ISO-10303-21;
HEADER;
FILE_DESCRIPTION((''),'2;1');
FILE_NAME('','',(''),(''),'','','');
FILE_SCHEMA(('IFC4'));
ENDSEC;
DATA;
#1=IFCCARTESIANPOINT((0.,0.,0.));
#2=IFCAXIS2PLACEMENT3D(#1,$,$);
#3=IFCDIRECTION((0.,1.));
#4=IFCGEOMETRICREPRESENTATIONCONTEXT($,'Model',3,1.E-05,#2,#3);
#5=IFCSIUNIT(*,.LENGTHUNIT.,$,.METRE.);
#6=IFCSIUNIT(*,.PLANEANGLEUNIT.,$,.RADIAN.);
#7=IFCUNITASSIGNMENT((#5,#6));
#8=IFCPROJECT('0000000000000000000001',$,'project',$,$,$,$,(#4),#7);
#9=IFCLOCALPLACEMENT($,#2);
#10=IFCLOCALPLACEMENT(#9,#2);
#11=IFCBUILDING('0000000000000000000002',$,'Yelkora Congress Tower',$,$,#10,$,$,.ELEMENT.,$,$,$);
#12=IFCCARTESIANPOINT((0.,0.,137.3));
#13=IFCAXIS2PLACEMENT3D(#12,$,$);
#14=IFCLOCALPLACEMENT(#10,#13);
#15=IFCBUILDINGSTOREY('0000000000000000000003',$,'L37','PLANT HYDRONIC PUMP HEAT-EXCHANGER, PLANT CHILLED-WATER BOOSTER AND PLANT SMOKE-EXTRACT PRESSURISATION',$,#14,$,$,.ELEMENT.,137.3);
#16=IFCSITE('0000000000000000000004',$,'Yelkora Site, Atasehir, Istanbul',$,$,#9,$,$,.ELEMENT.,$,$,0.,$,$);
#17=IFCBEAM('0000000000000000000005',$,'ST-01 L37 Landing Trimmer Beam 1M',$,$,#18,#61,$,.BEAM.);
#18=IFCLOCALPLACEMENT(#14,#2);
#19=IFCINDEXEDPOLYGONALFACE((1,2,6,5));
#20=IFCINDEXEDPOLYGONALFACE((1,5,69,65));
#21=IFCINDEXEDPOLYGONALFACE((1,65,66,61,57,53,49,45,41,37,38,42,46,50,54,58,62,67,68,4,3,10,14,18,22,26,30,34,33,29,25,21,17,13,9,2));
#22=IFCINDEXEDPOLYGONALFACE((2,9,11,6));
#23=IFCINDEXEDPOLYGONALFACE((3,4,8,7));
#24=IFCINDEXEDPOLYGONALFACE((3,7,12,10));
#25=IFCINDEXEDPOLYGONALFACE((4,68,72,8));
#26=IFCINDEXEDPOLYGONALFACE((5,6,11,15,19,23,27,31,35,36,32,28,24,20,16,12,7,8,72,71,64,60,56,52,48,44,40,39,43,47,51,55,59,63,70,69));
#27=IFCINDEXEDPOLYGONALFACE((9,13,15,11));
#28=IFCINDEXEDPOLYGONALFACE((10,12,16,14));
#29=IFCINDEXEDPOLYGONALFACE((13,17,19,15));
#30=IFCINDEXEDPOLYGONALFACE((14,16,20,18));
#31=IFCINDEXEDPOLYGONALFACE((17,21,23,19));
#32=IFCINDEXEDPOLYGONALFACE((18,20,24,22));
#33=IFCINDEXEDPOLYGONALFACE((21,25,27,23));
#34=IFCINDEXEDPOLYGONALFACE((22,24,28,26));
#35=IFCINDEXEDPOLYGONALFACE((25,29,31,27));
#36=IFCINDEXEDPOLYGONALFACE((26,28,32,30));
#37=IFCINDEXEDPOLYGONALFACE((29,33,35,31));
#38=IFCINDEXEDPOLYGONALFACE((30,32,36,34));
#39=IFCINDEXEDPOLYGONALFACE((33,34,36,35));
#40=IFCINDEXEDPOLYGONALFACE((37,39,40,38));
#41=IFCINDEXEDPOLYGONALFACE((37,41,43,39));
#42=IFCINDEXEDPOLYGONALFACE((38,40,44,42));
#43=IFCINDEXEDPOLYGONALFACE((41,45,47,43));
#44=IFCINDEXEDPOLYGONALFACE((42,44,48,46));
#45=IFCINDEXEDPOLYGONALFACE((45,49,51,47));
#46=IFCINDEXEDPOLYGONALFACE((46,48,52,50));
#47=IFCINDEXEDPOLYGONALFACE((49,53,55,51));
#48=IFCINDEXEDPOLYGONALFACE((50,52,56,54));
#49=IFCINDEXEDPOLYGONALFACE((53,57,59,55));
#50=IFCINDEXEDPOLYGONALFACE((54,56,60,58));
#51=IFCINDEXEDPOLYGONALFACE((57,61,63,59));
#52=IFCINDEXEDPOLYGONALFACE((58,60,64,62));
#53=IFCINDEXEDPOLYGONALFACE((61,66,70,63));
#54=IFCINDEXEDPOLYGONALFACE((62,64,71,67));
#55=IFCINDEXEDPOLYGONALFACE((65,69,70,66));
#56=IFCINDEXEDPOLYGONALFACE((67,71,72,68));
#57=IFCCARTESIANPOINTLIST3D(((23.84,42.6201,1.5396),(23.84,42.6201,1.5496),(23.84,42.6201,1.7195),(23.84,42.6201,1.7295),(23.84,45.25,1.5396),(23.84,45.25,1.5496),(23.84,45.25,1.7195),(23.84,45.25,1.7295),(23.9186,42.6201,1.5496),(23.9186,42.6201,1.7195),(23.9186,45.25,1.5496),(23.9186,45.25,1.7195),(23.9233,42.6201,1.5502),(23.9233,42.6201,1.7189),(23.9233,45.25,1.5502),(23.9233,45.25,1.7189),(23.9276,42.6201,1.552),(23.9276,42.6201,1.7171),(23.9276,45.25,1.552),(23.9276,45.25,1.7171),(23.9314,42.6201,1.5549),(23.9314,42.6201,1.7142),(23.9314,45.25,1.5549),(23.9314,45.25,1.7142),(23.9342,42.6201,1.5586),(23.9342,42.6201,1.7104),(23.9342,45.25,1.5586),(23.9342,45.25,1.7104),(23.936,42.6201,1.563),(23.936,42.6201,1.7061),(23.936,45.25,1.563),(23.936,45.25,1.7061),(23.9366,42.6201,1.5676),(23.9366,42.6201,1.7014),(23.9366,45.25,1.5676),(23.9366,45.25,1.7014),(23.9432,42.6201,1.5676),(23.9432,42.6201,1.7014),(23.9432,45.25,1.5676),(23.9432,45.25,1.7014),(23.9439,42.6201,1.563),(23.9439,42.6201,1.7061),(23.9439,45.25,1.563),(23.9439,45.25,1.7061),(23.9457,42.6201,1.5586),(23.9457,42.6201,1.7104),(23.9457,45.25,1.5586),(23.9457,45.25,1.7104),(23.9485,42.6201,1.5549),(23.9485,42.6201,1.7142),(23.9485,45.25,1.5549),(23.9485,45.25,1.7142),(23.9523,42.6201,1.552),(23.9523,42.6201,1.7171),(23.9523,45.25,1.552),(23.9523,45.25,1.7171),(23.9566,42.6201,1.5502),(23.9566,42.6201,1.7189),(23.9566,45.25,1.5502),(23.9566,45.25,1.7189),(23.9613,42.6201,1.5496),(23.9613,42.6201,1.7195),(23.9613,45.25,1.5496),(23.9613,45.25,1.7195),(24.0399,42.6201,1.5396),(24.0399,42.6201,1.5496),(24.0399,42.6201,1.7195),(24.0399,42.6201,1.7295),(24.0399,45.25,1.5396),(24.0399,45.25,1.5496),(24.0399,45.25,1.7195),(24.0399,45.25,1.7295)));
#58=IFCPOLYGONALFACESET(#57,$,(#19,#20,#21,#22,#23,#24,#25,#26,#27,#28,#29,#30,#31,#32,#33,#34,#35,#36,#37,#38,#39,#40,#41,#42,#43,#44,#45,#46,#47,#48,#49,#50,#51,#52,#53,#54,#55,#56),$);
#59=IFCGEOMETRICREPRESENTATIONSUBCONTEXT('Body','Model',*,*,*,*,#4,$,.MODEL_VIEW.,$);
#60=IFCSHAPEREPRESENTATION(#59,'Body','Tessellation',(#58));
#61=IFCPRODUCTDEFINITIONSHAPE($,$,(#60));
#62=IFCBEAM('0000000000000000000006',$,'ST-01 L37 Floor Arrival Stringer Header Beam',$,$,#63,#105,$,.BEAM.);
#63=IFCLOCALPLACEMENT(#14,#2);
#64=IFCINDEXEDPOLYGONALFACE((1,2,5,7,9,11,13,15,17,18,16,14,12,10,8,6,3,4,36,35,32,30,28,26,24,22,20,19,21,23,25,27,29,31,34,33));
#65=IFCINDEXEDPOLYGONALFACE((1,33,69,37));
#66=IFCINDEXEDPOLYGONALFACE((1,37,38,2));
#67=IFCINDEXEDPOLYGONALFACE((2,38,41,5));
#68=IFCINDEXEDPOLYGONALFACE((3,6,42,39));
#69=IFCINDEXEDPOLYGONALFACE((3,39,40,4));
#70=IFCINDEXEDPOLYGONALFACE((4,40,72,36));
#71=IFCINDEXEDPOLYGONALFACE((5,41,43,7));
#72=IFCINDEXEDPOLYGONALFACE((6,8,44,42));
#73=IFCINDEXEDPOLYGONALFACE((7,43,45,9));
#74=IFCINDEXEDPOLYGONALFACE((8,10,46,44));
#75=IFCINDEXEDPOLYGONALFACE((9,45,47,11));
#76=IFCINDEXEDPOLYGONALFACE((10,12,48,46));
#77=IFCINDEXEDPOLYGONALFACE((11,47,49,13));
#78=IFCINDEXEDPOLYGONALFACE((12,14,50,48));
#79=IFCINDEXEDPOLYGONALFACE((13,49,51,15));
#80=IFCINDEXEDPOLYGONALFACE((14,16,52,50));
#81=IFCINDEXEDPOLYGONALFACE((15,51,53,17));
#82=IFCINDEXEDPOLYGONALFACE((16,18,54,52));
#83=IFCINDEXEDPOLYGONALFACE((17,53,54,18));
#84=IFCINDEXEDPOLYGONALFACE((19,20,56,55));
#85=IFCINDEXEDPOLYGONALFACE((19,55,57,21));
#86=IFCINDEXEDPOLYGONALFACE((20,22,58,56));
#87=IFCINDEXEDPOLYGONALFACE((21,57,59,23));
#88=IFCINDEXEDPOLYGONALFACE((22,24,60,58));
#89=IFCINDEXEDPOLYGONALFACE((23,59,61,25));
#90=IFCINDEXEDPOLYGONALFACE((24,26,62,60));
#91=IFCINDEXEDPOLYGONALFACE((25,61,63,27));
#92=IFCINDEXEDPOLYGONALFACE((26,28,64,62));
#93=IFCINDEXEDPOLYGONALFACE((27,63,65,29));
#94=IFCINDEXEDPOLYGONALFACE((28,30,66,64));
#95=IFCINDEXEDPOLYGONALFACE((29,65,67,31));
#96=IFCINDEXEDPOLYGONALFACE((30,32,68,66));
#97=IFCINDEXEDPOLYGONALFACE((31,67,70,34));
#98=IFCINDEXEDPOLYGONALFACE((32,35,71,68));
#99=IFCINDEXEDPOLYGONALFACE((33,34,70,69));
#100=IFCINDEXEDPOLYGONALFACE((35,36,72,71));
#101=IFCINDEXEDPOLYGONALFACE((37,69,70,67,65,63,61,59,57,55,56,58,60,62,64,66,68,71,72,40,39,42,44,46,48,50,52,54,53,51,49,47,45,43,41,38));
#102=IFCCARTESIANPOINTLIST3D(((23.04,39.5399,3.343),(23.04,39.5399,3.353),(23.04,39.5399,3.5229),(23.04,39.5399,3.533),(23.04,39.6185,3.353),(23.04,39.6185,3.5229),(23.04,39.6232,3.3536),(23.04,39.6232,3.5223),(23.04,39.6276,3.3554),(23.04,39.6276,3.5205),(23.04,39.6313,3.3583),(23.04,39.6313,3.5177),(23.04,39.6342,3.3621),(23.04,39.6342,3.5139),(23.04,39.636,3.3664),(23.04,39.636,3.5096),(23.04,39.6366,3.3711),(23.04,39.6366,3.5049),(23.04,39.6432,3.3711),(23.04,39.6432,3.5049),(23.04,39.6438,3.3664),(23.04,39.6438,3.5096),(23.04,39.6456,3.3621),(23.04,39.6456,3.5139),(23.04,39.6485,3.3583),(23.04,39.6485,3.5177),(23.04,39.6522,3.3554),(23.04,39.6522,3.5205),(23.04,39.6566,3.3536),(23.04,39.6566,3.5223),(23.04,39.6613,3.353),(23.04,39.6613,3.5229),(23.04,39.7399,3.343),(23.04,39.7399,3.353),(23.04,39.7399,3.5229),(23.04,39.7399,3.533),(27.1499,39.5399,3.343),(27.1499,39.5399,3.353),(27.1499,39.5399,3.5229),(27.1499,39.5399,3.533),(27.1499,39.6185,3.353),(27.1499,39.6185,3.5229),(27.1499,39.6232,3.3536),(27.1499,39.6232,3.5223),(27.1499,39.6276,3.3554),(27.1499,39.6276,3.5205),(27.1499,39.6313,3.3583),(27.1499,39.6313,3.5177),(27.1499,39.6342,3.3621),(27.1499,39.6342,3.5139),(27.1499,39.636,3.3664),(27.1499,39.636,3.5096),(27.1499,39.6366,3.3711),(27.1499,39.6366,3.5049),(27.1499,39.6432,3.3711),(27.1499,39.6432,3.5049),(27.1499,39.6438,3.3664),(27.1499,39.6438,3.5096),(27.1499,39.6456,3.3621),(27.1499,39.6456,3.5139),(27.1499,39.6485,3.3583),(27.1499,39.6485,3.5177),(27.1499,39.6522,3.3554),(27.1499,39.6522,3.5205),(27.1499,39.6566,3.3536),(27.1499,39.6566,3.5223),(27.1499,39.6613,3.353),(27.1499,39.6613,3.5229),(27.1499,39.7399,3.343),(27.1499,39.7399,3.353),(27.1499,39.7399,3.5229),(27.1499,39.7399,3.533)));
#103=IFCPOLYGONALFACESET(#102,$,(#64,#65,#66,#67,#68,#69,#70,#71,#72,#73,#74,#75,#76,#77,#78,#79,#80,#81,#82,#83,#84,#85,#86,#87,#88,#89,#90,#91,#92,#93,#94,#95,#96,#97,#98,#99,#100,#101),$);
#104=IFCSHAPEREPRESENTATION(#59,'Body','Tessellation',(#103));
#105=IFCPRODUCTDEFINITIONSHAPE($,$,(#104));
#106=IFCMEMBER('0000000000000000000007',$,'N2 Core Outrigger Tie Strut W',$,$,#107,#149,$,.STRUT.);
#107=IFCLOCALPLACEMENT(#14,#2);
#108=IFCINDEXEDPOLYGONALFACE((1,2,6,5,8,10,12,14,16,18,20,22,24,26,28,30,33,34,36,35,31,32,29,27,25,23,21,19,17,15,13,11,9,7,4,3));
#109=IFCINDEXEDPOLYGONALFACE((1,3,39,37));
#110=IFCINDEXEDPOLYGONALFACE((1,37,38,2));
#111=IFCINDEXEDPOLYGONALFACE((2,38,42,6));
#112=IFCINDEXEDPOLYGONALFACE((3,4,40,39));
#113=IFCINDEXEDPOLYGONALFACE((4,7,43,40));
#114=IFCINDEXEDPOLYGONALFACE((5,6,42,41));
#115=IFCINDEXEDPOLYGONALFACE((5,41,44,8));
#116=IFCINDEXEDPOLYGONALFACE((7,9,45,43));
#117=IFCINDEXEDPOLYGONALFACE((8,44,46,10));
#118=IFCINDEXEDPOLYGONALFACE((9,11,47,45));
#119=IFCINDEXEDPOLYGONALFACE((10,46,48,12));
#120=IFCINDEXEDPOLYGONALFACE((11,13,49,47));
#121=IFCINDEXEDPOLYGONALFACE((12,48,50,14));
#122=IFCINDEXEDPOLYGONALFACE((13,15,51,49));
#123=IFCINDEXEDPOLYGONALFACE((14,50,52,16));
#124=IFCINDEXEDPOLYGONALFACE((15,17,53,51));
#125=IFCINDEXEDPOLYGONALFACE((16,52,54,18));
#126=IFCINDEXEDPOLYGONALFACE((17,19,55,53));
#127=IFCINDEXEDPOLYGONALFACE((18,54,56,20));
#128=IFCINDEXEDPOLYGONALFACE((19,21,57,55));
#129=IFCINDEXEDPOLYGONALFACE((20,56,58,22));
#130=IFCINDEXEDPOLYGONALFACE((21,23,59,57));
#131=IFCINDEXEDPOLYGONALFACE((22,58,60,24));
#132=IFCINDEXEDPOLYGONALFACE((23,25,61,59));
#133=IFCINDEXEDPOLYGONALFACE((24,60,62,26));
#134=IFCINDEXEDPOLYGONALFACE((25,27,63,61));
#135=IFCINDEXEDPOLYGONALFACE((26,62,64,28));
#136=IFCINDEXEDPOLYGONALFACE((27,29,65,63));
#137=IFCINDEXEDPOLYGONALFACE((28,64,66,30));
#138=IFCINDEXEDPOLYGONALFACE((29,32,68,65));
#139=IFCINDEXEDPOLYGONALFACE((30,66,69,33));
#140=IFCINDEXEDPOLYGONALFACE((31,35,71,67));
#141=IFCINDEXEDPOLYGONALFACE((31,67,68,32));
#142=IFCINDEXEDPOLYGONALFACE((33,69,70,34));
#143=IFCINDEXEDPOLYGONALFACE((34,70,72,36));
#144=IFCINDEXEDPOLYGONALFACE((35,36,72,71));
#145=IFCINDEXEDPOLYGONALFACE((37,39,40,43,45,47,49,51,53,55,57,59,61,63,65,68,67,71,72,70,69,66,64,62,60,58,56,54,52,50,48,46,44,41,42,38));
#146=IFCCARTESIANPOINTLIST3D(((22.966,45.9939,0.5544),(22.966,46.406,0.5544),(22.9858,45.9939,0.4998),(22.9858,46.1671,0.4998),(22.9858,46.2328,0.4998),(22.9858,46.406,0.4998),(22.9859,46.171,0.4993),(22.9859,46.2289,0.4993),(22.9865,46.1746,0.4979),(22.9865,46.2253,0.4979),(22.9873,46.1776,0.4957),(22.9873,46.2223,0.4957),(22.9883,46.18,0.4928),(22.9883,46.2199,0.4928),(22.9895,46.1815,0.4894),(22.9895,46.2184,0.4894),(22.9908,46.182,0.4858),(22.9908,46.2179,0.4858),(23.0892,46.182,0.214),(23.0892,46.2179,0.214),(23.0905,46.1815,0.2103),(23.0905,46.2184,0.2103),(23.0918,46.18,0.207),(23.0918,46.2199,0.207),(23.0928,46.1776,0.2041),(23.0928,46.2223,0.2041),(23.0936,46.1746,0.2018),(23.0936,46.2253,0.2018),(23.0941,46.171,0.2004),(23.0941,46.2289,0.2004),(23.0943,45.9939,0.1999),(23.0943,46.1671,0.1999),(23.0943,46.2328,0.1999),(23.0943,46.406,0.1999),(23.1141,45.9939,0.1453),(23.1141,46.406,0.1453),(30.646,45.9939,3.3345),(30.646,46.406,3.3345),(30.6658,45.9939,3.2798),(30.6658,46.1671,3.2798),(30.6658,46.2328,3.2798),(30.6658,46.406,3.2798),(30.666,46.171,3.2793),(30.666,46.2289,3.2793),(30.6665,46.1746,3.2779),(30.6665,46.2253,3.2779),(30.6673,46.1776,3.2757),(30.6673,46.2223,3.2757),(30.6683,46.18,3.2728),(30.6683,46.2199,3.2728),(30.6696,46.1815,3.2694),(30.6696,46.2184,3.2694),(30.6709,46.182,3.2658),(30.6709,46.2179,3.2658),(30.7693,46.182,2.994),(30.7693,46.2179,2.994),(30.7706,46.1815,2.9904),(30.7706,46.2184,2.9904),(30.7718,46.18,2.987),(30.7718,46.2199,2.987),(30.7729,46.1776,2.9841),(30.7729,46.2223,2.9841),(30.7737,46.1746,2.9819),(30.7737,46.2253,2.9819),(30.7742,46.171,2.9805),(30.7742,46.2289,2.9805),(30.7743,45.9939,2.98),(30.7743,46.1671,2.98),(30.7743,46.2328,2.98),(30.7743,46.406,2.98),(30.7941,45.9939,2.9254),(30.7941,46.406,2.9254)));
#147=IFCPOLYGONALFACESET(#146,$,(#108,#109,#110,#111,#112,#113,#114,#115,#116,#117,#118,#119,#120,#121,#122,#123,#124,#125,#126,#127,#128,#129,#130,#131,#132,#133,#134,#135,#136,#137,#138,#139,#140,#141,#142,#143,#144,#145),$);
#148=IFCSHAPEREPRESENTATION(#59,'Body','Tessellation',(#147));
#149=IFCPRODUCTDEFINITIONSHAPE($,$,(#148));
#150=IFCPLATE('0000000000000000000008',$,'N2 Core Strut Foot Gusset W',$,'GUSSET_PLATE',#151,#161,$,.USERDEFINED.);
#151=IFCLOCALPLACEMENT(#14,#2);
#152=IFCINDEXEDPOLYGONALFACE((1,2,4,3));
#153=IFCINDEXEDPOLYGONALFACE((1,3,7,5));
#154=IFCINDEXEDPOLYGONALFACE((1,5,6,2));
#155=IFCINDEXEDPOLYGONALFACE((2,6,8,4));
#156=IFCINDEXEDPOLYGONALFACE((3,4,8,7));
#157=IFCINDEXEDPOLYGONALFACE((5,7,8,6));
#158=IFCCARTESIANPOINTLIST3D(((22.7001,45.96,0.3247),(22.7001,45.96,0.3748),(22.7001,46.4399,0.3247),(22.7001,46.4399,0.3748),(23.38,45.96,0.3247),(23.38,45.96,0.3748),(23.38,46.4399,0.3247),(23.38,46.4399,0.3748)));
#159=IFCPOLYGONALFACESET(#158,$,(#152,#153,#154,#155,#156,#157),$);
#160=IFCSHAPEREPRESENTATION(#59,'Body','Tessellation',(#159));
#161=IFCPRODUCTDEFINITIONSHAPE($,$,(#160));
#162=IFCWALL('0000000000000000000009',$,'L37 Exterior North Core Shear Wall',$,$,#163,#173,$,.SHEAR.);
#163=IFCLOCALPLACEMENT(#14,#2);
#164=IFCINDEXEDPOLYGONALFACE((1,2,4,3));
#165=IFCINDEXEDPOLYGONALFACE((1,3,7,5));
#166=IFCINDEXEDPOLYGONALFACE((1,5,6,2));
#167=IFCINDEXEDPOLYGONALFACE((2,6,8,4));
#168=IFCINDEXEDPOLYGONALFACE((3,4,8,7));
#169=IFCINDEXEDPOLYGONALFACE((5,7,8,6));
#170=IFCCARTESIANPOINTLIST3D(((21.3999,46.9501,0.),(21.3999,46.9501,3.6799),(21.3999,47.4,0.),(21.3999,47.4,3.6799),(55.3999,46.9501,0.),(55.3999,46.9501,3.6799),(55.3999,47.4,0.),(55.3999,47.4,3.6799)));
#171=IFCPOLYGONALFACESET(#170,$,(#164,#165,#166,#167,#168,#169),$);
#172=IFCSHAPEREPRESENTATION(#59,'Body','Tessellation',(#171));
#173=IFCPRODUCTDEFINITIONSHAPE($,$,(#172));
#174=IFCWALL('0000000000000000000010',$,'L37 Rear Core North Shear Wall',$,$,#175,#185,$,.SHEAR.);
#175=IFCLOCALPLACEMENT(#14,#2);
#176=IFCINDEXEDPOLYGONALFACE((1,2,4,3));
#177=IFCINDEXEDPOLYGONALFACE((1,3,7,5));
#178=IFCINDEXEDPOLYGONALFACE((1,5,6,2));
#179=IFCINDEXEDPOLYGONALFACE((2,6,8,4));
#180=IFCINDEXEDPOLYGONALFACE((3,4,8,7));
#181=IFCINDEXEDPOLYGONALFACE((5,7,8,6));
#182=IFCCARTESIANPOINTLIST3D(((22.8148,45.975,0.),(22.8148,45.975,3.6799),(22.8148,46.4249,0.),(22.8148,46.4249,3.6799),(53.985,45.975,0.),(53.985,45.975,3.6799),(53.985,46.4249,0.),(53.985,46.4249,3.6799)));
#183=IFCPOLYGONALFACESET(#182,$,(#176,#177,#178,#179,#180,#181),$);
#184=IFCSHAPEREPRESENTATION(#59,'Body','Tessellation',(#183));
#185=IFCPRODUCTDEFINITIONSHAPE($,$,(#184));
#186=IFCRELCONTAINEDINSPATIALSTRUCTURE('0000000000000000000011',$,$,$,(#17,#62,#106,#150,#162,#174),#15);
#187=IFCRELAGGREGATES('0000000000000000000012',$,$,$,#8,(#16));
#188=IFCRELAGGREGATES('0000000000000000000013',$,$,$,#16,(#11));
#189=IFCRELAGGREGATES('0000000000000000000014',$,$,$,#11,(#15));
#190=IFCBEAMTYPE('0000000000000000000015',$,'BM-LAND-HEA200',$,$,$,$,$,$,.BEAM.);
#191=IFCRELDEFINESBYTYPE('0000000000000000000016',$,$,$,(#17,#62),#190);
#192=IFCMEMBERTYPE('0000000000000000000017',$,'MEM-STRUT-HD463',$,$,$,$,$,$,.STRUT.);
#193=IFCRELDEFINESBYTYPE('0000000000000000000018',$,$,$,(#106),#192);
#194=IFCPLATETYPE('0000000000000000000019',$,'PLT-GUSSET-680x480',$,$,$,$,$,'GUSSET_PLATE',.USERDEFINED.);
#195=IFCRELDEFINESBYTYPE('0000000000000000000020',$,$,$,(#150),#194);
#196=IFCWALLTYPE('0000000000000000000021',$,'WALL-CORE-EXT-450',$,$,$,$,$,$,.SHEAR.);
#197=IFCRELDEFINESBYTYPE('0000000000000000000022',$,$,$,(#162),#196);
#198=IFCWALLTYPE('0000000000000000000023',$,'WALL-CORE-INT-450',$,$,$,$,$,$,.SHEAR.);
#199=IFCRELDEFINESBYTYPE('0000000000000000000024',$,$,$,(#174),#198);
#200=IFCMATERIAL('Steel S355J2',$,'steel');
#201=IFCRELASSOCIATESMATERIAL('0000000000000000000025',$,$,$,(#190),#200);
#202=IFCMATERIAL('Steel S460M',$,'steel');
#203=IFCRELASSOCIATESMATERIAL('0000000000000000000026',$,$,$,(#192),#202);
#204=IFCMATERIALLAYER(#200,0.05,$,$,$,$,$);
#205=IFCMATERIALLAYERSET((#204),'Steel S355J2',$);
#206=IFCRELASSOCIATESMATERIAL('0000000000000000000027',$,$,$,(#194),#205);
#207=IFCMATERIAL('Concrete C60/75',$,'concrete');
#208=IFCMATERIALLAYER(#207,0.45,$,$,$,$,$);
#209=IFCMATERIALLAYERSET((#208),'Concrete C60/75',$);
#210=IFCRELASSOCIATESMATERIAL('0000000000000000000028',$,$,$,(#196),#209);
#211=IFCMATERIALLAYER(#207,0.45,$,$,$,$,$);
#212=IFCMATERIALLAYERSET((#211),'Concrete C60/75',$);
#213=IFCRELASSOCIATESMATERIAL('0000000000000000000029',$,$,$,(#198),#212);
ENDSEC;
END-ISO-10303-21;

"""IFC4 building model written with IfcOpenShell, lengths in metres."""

from ifc_helpers import new_model, si_unit, direction, frame, frame_2d, origin, origin_2d, place, context, subcontext, project, spatial, rectangle, i_section, extrude, material, layer, layer_set, material_profile, profile_set, type_object, element, save


model = new_model("IFC4")

# Units and contexts
model_context = context("Model", 3, precision=1e-05, world=origin(), true_north=direction((0.0, 1.0)))
body_context = subcontext(model_context, "Body", "Model", "MODEL_VIEW")
ifc_project = project(units=[si_unit("LENGTHUNIT", "METRE"), si_unit("PLANEANGLEUNIT", "RADIAN")], contexts=[model_context])

# Site, building, storey
site_placement = place(None, origin())
site = spatial("IfcSite", under=ifc_project, at=site_placement, Name="Yelkora Site, Atasehir, Istanbul", CompositionType="ELEMENT", RefElevation=0.0)
building_placement = place(site_placement, origin())
building = spatial("IfcBuilding", under=site, at=building_placement, Name="Yelkora Congress Tower", CompositionType="ELEMENT")
storey_placement = place(building_placement, frame((0.0, 0.0, 137.3)))
storey = spatial("IfcBuildingStorey", under=building, at=storey_placement, Name="L37", Description="PLANT HYDRONIC PUMP HEAT-EXCHANGER, PLANT CHILLED-WATER BOOSTER AND PLANT SMOKE-EXTRACT PRESSURISATION", CompositionType="ELEMENT", Elevation=137.3)

# Shared definitions
ifc_material_1 = material(Name="Steel S460M", Category="steel")

# Beams
ifc_material_2 = material(Name="Steel S355J2", Category="steel")
ifc_material_profile_1 = material_profile(ifc_material_2, i_section(OverallWidth=0.2, OverallDepth=0.1899, WebThickness=0.0066, FlangeThickness=0.01, FilletRadius=0.0181, at=origin_2d()), Name="HEA 200")
ifc_profile_set_1 = profile_set([ifc_material_profile_1], Name="Steel S355J2")
beam_type = type_object("IfcBeamType", Name="BM-LAND-HEA200", PredefinedType="BEAM", material=ifc_profile_set_1)
beam_1_placement = place(storey_placement, frame((23.9399, 42.6201, 1.6345), z_axis=(0.0, 1.0, 0.0), x_axis=(-1.0, 0.0, 0.0)))
element("IfcBeam", 1, at=beam_1_placement, inside=storey, type_object=beam_type, Name="ST-01 L37 Landing Trimmer Beam 1M", PredefinedType="BEAM", context=body_context, shape_type="SweptSolid", body=[
    extrude(i_section(OverallWidth=0.2, OverallDepth=0.1899, WebThickness=0.0066, FlangeThickness=0.01, FilletRadius=0.0181, at=origin_2d()), origin(), (0.0, 0.0, 1.0), 2.6299),
])
beam_2_placement = place(storey_placement, frame((23.04, 39.6399, 3.438), z_axis=(1.0, 0.0, 0.0), x_axis=(0.0, 1.0, 0.0)))
element("IfcBeam", 2, at=beam_2_placement, inside=storey, type_object=beam_type, Name="ST-01 L37 Floor Arrival Stringer Header Beam", PredefinedType="BEAM", context=body_context, shape_type="SweptSolid", body=[
    extrude(i_section(OverallWidth=0.2, OverallDepth=0.1899, WebThickness=0.0066, FlangeThickness=0.01, FilletRadius=0.0181, at=origin_2d()), origin(), (0.0, 0.0, 1.0), 4.1099),
])

# Member
ifc_material_profile_2 = material_profile(ifc_material_1, i_section(OverallWidth=0.4121, OverallDepth=0.4351, WebThickness=0.0359, FlangeThickness=0.0581, FilletRadius=0.0149, at=origin_2d()), Name="HD 400x463")
ifc_profile_set_2 = profile_set([ifc_material_profile_2], Name="Steel S460M")
member_type = type_object("IfcMemberType", Name="MEM-STRUT-HD463", PredefinedType="STRUT", material=ifc_profile_set_2)
member_placement = place(storey_placement, frame((23.04, 46.2, 0.3499), z_axis=(0.940291, 0.0, 0.340372), x_axis=(0.0, 1.0, 0.0)))
element("IfcMember", 3, at=member_placement, inside=storey, type_object=member_type, Name="N2 Core Outrigger Tie Strut W", PredefinedType="STRUT", context=body_context, shape_type="SweptSolid", body=[
    extrude(i_section(OverallWidth=0.4121, OverallDepth=0.4351, WebThickness=0.0359, FlangeThickness=0.0581, FilletRadius=0.0149, at=origin_2d()), origin(), (0.0, 0.0, 1.0), 8.1677),
])

# Plate
ifc_layer_1 = layer(ifc_material_2, 0.05)
ifc_layer_set_1 = layer_set([ifc_layer_1], Name="Steel S355J2")
plate_type = type_object("IfcPlateType", Name="PLT-GUSSET-680x480", ElementType="GUSSET_PLATE", PredefinedType="USERDEFINED", material=ifc_layer_set_1)
plate_placement = place(storey_placement, frame((23.04, 46.2, 0.3247), z_axis=(0.0, 0.0, 1.0), x_axis=(1.0, 0.0, 0.0)))
element("IfcPlate", 4, at=plate_placement, inside=storey, type_object=plate_type, Name="N2 Core Strut Foot Gusset W", ObjectType="GUSSET_PLATE", PredefinedType="USERDEFINED", context=body_context, shape_type="SweptSolid", body=[
    extrude(rectangle(XDim=0.6799, YDim=0.48, at=origin_2d()), origin(), (0.0, 0.0, 1.0), 0.05),
])

# Walls
ifc_material_3 = material(Name="Concrete C60/75", Category="concrete")
ifc_layer_2 = layer(ifc_material_3, 0.45)
ifc_layer_set_2 = layer_set([ifc_layer_2], Name="Concrete C60/75")
wall_type_1 = type_object("IfcWallType", Name="WALL-CORE-EXT-450", PredefinedType="SHEAR", material=ifc_layer_set_2)
wall_1_placement = place(storey_placement, frame((21.3999, 47.175, 0.0), z_axis=(0.0, 0.0, 1.0), x_axis=(1.0, 0.0, 0.0)))
element("IfcWall", 5, at=wall_1_placement, inside=storey, type_object=wall_type_1, Name="L37 Exterior North Core Shear Wall", PredefinedType="SHEAR", context=body_context, shape_type="SweptSolid", body=[
    extrude(rectangle(XDim=34.0, YDim=0.45, at=frame_2d((17.0, 0.0))), origin(), (0.0, 0.0, 1.0), 3.6799),
])
ifc_layer_3 = layer(ifc_material_3, 0.45)
ifc_layer_set_3 = layer_set([ifc_layer_3], Name="Concrete C60/75")
wall_type_2 = type_object("IfcWallType", Name="WALL-CORE-INT-450", PredefinedType="SHEAR", material=ifc_layer_set_3)
wall_2_placement = place(storey_placement, frame((22.8149, 46.2, 0.0), z_axis=(0.0, 0.0, 1.0), x_axis=(1.0, 0.0, 0.0)))
element("IfcWall", 6, at=wall_2_placement, inside=storey, type_object=wall_type_2, Name="L37 Rear Core North Shear Wall", PredefinedType="SHEAR", context=body_context, shape_type="SweptSolid", body=[
    extrude(rectangle(XDim=31.1702, YDim=0.45, at=frame_2d((15.585, 0.0))), origin(), (0.0, 0.0, 1.0), 3.6799),
])

save(model, "model.ifc")
